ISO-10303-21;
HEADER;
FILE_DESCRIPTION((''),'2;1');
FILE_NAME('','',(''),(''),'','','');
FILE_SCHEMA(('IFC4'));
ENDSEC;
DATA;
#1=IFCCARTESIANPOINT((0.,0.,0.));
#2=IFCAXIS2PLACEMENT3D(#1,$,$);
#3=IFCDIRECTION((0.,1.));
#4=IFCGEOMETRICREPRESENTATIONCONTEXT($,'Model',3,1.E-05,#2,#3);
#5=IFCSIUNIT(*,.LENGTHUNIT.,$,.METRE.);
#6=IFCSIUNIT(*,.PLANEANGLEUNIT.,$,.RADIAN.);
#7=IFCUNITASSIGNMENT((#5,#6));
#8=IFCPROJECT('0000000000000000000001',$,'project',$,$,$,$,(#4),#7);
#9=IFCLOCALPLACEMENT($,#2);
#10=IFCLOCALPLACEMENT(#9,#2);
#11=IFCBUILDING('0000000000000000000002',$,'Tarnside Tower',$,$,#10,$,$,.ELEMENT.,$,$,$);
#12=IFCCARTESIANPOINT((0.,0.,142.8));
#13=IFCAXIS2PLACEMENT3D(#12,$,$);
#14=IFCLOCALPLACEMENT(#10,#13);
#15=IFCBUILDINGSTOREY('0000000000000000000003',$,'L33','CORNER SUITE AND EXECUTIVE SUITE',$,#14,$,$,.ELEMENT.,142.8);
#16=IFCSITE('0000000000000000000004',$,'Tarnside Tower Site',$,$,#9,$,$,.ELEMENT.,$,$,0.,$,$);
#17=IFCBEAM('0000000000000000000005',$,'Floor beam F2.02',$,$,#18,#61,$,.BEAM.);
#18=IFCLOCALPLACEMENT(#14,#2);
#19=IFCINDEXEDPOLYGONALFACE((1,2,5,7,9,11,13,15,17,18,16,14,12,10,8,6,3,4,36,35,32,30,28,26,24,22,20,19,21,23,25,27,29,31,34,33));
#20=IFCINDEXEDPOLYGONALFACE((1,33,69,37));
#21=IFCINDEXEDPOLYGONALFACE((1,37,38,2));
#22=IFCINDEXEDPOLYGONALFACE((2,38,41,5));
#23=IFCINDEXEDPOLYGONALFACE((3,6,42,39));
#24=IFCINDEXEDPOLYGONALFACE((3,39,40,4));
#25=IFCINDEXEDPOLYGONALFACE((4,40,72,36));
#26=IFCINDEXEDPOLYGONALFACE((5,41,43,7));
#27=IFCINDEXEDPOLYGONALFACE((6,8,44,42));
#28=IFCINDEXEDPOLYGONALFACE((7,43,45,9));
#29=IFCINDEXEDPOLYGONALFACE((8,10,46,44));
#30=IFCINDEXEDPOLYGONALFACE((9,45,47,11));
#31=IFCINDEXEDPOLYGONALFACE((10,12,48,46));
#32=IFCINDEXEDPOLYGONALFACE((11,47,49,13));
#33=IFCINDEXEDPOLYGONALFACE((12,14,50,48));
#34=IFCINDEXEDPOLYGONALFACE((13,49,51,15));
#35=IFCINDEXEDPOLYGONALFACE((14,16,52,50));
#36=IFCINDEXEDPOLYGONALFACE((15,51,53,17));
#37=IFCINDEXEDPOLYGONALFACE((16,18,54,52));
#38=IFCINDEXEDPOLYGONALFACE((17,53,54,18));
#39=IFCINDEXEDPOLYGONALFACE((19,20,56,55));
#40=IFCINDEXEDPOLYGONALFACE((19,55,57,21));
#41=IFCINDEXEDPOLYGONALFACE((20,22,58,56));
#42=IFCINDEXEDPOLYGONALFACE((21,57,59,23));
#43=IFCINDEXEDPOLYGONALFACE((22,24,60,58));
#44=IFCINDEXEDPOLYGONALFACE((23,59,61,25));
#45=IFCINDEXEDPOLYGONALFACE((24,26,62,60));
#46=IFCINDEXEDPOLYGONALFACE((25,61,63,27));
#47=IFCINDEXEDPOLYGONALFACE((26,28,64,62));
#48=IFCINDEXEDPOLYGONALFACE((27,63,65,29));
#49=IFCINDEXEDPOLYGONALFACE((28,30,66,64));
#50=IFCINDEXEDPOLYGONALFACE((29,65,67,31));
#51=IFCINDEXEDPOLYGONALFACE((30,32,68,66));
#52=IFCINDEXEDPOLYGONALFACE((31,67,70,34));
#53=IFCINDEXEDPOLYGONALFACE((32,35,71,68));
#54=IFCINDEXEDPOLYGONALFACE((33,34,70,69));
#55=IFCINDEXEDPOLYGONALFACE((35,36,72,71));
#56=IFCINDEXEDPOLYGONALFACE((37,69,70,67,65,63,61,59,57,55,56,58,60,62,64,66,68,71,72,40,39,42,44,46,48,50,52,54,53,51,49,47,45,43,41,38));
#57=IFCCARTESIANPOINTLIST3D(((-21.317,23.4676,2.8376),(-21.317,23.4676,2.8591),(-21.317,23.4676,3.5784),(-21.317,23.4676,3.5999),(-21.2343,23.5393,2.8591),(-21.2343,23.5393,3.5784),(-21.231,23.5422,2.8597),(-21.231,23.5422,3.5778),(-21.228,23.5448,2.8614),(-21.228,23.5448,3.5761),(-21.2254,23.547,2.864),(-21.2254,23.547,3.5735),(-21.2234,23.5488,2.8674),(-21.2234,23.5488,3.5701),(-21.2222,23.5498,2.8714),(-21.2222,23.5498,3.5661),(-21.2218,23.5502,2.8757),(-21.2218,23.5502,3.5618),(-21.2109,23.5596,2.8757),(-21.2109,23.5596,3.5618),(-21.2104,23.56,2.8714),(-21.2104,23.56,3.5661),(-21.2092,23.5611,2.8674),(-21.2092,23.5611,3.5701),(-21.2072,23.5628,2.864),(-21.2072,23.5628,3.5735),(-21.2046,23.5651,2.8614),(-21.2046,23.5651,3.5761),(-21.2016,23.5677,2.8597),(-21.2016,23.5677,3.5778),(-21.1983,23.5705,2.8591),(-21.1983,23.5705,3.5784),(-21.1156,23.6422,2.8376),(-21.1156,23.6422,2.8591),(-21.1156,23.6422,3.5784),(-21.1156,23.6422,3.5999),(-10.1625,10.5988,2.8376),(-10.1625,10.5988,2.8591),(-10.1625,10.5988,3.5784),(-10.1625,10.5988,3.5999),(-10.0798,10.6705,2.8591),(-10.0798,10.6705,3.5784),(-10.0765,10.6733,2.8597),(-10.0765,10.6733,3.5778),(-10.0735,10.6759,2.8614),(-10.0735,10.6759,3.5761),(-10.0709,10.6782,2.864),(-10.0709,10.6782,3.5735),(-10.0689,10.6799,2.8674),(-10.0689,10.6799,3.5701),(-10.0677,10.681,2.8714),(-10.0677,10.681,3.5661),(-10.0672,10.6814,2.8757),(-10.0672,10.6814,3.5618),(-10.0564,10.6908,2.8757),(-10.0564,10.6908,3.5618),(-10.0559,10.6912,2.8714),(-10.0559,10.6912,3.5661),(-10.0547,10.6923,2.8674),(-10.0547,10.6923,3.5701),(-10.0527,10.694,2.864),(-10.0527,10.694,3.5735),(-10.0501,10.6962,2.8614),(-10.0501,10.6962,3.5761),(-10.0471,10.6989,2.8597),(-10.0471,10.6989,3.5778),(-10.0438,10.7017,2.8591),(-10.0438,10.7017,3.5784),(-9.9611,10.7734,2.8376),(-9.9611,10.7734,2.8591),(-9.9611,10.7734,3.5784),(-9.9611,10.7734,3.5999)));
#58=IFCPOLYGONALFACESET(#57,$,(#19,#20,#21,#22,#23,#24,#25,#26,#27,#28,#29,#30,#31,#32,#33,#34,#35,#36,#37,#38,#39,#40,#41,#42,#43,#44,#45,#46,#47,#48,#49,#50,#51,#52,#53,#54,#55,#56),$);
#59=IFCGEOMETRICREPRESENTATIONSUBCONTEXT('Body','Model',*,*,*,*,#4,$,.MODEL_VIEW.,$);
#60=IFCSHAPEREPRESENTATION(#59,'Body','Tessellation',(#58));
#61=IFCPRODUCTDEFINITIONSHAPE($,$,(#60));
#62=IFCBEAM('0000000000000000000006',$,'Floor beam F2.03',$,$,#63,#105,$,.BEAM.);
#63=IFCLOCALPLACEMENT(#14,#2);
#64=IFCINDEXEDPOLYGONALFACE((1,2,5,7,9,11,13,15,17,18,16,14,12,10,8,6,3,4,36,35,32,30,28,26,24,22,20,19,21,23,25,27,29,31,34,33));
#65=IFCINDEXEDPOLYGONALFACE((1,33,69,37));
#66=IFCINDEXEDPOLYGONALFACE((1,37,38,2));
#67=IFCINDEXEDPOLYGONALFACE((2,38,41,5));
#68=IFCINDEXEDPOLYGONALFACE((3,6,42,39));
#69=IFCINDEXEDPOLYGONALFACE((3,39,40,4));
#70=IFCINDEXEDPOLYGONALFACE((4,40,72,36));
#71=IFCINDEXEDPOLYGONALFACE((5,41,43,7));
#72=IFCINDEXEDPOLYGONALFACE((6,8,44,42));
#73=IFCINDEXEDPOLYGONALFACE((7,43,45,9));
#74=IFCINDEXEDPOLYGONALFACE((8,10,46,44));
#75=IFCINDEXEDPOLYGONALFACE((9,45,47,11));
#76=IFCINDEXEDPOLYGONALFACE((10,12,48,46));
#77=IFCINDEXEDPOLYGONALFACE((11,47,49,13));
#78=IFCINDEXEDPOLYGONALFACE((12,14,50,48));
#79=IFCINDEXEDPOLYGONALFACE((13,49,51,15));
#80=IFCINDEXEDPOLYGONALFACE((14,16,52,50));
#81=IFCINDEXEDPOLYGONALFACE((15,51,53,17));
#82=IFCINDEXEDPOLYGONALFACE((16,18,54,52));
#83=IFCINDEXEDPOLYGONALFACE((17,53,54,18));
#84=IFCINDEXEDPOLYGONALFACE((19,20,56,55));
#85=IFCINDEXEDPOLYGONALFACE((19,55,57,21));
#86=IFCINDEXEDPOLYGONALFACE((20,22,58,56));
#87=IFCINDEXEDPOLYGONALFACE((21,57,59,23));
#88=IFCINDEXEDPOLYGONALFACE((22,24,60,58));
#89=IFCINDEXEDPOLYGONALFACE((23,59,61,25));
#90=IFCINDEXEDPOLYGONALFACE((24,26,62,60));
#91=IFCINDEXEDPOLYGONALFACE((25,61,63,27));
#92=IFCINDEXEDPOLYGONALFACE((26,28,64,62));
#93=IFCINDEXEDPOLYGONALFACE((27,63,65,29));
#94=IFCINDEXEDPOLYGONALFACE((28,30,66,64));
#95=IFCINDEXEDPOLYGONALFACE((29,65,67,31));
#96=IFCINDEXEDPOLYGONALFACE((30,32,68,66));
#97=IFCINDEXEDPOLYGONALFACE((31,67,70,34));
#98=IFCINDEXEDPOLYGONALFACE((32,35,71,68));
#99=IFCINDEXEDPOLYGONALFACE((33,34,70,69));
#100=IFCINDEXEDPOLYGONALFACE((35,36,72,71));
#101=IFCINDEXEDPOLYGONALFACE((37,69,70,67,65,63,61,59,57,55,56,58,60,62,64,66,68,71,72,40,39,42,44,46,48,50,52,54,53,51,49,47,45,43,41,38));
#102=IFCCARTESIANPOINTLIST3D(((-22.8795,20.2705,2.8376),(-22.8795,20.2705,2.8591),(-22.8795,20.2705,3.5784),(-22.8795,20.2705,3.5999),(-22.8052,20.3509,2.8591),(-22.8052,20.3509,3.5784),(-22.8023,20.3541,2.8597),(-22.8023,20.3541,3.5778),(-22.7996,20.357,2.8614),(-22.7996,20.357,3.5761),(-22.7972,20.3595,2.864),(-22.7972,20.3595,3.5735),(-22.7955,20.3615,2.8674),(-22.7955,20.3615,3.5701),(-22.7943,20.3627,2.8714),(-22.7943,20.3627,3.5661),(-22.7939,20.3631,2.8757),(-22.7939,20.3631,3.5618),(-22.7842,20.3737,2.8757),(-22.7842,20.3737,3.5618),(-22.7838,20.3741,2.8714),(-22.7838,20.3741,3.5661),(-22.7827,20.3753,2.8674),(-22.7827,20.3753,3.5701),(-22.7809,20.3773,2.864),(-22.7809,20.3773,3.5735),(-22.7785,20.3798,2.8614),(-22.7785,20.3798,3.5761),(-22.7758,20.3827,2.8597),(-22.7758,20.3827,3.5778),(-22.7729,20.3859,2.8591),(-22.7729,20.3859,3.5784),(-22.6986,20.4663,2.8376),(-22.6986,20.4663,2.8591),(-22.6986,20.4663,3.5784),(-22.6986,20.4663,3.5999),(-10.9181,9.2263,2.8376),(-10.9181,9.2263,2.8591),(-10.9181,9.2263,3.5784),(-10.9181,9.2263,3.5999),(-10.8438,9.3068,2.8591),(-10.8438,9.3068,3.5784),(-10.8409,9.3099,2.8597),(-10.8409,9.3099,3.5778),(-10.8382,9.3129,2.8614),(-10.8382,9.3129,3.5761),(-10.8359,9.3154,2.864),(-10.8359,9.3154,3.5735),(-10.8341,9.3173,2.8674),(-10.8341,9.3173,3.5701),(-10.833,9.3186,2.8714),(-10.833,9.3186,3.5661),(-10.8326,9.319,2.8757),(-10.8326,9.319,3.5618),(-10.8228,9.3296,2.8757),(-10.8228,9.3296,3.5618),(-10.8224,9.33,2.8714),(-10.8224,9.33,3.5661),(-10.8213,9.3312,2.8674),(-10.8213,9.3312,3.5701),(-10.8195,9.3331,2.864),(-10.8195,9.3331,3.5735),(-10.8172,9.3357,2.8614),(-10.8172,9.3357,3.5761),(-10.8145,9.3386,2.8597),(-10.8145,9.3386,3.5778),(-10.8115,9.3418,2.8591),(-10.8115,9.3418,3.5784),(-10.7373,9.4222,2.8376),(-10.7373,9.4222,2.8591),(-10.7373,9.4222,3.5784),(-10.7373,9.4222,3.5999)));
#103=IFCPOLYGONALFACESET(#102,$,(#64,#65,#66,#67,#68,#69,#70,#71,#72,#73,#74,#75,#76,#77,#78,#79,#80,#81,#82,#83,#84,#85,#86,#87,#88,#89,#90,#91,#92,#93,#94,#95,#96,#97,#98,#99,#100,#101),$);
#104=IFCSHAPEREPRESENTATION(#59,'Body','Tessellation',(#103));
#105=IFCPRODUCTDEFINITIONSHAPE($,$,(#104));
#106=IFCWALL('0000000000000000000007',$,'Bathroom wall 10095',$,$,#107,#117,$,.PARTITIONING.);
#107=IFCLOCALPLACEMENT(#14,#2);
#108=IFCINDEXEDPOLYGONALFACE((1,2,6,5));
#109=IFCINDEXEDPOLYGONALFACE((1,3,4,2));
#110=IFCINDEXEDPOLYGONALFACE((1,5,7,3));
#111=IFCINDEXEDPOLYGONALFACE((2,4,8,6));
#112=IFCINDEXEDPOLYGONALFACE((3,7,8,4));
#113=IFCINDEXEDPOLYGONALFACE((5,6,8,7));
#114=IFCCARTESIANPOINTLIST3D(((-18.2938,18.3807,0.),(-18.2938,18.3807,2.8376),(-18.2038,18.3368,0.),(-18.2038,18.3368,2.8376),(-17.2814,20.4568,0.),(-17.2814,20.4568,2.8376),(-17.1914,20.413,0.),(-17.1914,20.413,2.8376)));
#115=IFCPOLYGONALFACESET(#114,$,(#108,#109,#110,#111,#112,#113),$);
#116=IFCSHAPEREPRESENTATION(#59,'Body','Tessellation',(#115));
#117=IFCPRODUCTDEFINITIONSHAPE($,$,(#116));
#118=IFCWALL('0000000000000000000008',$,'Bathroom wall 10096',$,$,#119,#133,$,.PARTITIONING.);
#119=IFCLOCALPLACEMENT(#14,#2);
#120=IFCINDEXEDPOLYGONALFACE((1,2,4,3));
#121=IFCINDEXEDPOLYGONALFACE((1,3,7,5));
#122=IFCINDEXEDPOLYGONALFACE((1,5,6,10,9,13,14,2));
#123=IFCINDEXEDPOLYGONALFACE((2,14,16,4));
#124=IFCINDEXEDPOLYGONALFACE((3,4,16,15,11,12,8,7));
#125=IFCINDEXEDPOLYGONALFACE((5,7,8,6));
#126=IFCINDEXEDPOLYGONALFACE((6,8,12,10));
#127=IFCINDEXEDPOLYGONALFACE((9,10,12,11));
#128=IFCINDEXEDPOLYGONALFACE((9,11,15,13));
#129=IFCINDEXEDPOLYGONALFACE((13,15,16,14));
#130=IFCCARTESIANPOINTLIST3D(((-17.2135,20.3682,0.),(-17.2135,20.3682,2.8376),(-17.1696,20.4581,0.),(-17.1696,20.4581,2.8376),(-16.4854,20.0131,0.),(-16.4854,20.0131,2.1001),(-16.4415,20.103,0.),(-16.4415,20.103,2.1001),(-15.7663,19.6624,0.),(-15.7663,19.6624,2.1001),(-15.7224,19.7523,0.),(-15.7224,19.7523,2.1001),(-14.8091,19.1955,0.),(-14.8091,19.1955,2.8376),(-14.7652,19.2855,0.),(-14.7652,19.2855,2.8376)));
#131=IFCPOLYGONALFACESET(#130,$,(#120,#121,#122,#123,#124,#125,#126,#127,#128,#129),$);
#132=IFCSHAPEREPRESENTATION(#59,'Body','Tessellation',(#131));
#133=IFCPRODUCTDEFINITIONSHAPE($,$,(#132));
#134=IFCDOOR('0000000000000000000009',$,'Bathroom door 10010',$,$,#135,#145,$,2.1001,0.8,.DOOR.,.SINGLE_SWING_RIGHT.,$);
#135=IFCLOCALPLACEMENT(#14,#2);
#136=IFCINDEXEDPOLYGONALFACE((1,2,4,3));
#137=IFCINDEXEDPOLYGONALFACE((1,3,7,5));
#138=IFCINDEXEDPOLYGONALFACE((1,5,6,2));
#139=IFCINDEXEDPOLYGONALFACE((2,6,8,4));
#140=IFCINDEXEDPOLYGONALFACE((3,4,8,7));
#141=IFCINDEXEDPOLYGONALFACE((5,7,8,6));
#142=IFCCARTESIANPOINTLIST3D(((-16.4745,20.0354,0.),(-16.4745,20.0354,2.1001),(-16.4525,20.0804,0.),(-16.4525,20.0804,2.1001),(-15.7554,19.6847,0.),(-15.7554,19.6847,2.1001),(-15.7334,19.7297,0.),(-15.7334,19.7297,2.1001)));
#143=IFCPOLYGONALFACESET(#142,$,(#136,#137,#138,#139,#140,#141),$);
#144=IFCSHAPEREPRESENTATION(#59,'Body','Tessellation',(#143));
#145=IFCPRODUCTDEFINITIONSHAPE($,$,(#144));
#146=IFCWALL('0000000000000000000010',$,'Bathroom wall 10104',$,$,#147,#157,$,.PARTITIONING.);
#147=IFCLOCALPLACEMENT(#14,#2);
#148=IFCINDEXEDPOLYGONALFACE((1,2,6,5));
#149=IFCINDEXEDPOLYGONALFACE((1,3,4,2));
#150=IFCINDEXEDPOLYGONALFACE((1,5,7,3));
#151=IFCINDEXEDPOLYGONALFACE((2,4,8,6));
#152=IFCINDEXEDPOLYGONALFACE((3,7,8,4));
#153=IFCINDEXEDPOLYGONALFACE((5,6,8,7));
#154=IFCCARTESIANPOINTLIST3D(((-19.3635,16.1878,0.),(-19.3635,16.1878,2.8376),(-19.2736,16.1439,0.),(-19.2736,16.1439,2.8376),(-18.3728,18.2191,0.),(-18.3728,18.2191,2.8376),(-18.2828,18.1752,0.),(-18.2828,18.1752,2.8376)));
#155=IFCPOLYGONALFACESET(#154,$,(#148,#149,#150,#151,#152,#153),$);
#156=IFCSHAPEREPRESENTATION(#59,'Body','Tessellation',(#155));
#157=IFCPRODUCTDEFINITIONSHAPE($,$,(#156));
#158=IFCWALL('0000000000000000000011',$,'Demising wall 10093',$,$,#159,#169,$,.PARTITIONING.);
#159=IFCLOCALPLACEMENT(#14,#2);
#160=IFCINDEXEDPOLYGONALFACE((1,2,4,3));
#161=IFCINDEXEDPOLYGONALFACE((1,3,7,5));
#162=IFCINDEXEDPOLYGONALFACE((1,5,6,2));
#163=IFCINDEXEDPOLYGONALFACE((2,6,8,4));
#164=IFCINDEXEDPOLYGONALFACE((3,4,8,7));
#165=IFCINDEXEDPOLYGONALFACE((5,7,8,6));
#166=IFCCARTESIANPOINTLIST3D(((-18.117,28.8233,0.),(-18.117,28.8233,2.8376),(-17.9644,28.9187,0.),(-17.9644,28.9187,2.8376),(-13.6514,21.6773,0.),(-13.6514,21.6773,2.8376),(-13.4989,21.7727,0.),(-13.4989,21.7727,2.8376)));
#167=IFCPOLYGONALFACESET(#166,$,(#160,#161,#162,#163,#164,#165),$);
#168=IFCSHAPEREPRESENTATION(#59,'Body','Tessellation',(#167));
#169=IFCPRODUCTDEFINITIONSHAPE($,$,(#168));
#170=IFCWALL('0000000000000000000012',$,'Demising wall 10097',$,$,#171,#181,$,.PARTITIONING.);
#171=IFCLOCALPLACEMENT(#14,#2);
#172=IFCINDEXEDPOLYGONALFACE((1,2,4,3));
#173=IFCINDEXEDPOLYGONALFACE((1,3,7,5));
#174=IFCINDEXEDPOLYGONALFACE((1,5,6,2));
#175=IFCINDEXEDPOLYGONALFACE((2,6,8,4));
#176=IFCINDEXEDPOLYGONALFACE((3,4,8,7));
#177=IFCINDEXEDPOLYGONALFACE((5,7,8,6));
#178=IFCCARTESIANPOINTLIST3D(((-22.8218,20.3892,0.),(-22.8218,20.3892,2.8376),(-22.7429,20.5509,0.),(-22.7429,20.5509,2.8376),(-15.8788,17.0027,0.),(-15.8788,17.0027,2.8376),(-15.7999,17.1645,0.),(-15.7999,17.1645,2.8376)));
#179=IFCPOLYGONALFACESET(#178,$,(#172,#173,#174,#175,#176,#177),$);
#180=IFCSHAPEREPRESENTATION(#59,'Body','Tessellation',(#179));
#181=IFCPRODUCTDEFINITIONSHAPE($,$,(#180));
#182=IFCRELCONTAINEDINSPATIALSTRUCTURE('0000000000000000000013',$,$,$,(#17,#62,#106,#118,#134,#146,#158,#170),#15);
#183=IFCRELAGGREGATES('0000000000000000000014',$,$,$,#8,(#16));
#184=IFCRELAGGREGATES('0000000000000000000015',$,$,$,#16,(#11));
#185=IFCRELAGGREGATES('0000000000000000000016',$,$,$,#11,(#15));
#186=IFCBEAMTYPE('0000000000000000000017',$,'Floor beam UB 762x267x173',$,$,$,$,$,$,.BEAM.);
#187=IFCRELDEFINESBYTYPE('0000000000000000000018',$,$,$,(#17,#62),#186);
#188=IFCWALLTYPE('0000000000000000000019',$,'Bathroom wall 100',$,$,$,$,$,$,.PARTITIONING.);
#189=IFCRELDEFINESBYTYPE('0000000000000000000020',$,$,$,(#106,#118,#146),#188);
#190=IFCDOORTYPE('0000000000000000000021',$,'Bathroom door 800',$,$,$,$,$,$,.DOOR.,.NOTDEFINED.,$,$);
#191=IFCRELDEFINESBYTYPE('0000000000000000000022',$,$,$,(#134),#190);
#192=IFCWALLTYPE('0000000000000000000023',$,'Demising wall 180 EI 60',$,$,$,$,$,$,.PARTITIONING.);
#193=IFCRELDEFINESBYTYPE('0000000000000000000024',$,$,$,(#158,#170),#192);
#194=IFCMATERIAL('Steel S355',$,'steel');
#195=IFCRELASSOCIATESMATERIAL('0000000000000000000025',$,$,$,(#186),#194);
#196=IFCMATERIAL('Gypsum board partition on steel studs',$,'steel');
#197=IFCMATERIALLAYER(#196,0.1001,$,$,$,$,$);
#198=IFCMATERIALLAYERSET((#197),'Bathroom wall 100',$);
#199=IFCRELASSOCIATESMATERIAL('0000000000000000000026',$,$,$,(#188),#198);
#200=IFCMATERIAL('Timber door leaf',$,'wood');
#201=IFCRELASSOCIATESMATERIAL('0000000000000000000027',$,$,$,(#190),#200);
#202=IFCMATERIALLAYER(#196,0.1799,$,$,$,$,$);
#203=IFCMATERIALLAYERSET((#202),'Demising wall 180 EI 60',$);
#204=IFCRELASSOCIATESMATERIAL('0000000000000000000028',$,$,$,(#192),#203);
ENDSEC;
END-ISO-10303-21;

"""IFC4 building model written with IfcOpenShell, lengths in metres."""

from ifc_helpers import new_model, si_unit, direction, frame, frame_2d, origin, origin_2d, place, context, subcontext, project, spatial, rectangle, i_section, extrude, material, layer, layer_set, material_profile, profile_set, type_object, element, fill, save


model = new_model("IFC4")

# Units and contexts
model_context = context("Model", 3, precision=1e-05, world=origin(), true_north=direction((0.0, 1.0)))
body_context = subcontext(model_context, "Body", "Model", "MODEL_VIEW")
ifc_project = project(units=[si_unit("LENGTHUNIT", "METRE"), si_unit("PLANEANGLEUNIT", "RADIAN")], contexts=[model_context])

# Site, building, storey
site_placement = place(None, origin())
site = spatial("IfcSite", under=ifc_project, at=site_placement, Name="Tarnside Tower Site", CompositionType="ELEMENT", RefElevation=0.0)
building_placement = place(site_placement, origin())
building = spatial("IfcBuilding", under=site, at=building_placement, Name="Tarnside Tower", CompositionType="ELEMENT")
storey_placement = place(building_placement, frame((0.0, 0.0, 142.8)))
storey = spatial("IfcBuildingStorey", under=building, at=storey_placement, Name="L33", Description="CORNER SUITE AND EXECUTIVE SUITE", CompositionType="ELEMENT", Elevation=142.8)

# Beams
ifc_material_1 = material(Name="Steel S355", Category="steel")
ifc_material_profile_1 = material_profile(ifc_material_1, i_section(OverallWidth=0.2666, OverallDepth=0.7622, WebThickness=0.0144, FlangeThickness=0.0215, FilletRadius=0.0166, at=origin_2d()), Name="UB 762x267x173")
ifc_profile_set_1 = profile_set([ifc_material_profile_1], Name="Steel S355")
beam_type_1 = type_object("IfcBeamType", Name="Floor beam UB 762x267x173", PredefinedType="BEAM", material=ifc_profile_set_1)
beam_1_placement = place(storey_placement, frame((-21.2163, 23.5549, 3.2188), z_axis=(0.654981, -0.755646, 0.0), x_axis=(0.755646, 0.654981, 0.0)))
element("IfcBeam", 1, at=beam_1_placement, inside=storey, type_object=beam_type_1, Name="Floor beam F2.02", PredefinedType="BEAM", context=body_context, shape_type="SweptSolid", body=[
    extrude(i_section(OverallWidth=0.2666, OverallDepth=0.7622, WebThickness=0.0144, FlangeThickness=0.0215, FilletRadius=0.0166, at=origin_2d()), origin(), (0.0, 0.0, 1.0), 17.0303),
])
beam_2_placement = place(storey_placement, frame((-22.7891, 20.3684, 3.2188), z_axis=(0.734715, -0.678375, 0.0), x_axis=(0.678375, 0.734715, 0.0)))
element("IfcBeam", 2, at=beam_2_placement, inside=storey, type_object=beam_type_1, Name="Floor beam F2.03", PredefinedType="BEAM", context=body_context, shape_type="SweptSolid", body=[
    extrude(i_section(OverallWidth=0.2666, OverallDepth=0.7622, WebThickness=0.0144, FlangeThickness=0.0215, FilletRadius=0.0166, at=origin_2d()), origin(), (0.0, 0.0, 1.0), 16.2803),
])

# Wall
ifc_material_2 = material(Name="Gypsum board partition on steel studs", Category="steel")
ifc_layer_1 = layer(ifc_material_2, 0.1001)
ifc_layer_set_1 = layer_set([ifc_layer_1], Name="Bathroom wall 100")
wall_type_1 = type_object("IfcWallType", Name="Bathroom wall 100", PredefinedType="PARTITIONING", material=ifc_layer_set_1)
wall_1_placement = place(storey_placement, frame((-18.2488, 18.3589, 0.0), z_axis=(0.0, 0.0, 1.0), x_axis=(0.438313, 0.898822, 0.0)))
element("IfcWall", 3, at=wall_1_placement, inside=storey, type_object=wall_type_1, Name="Bathroom wall 10095", PredefinedType="PARTITIONING", context=body_context, shape_type="SweptSolid", body=[
    extrude(rectangle(XDim=2.3098, YDim=0.1001, at=frame_2d((1.1548, 0.0))), origin(), (0.0, 0.0, 1.0), 2.8376),
])

# Wall, opening, door
wall_2_placement = place(storey_placement, frame((-17.1914, 20.4131, 0.0), z_axis=(0.0, 0.0, 1.0), x_axis=(0.898801, -0.438357, 0.0)))
wall_2 = element("IfcWall", 4, at=wall_2_placement, inside=storey, type_object=wall_type_1, Name="Bathroom wall 10096", PredefinedType="PARTITIONING", context=body_context, shape_type="SweptSolid", body=[
    extrude(rectangle(XDim=2.675, YDim=0.1001, at=frame_2d((1.3374, 0.0))), origin(), (0.0, 0.0, 1.0), 2.8376),
])
opening_1_placement = place(wall_2_placement, frame((0.8101, 0.0, 0.0)))
opening_1 = element("IfcOpeningElement", 5, at=opening_1_placement, cuts=wall_2, PredefinedType="OPENING", context=body_context, shape_type="SweptSolid", body=[
    extrude(rectangle(XDim=0.8, YDim=2.1001, at=frame_2d((0.3999, 1.05))), frame((0.0, 0.0601, 0.0), z_axis=(0.0, -1.0, 0.0), x_axis=(1.0, 0.0, 0.0)), (0.0, 0.0, 1.0), 0.1201),
])
ifc_material_3 = material(Name="Timber door leaf", Category="wood")
door_type_1 = type_object("IfcDoorType", Name="Bathroom door 800", OperationType="NOTDEFINED", PredefinedType="DOOR", material=ifc_material_3)
door_1_placement = place(opening_1_placement, origin())
door_1 = element("IfcDoor", 6, at=door_1_placement, inside=storey, type_object=door_type_1, Name="Bathroom door 10010", OperationType="SINGLE_SWING_RIGHT", OverallHeight=2.1001, OverallWidth=0.8, PredefinedType="DOOR", context=body_context, shape_type="SweptSolid", body=[
    extrude(rectangle(XDim=0.8, YDim=2.1001, at=frame_2d((0.3999, 1.05))), frame((0.0, 0.0249, 0.0), z_axis=(0.0, -1.0, 0.0), x_axis=(1.0, 0.0, 0.0)), (0.0, 0.0, 1.0), 0.05),
])
fill(opening_1, door_1)

# Walls
wall_3_placement = place(storey_placement, frame((-18.3279, 18.197, 0.0), z_axis=(0.0, 0.0, 1.0), x_axis=(-0.438377, -0.898791, 0.0)))
element("IfcWall", 7, at=wall_3_placement, inside=storey, type_object=wall_type_1, Name="Bathroom wall 10104", PredefinedType="PARTITIONING", context=body_context, shape_type="SweptSolid", body=[
    extrude(rectangle(XDim=2.26, YDim=0.1001, at=frame_2d((1.1299, 0.0))), origin(), (0.0, 0.0, 1.0), 2.8376),
])
ifc_layer_2 = layer(ifc_material_2, 0.1799)
ifc_layer_set_2 = layer_set([ifc_layer_2], Name="Demising wall 180 EI 60")
wall_type_2 = type_object("IfcWallType", Name="Demising wall 180 EI 60", PredefinedType="PARTITIONING", material=ifc_layer_set_2)
wall_4_placement = place(storey_placement, frame((-18.0408, 28.8711, 0.0), z_axis=(0.0, 0.0, 1.0), x_axis=(0.529942, -0.848034, 0.0)))
element("IfcWall", 8, at=wall_4_placement, inside=storey, type_object=wall_type_2, Name="Demising wall 10093", PredefinedType="PARTITIONING", context=body_context, shape_type="SweptSolid", body=[
    extrude(rectangle(XDim=8.4265, YDim=0.1799, at=frame_2d((4.2134, 0.0))), origin(), (0.0, 0.0, 1.0), 2.8376),
])
wall_5_placement = place(storey_placement, frame((-22.7822, 20.47, 0.0), z_axis=(0.0, 0.0, 1.0), x_axis=(0.898789, -0.438381, 0.0)))
element("IfcWall", 9, at=wall_5_placement, inside=storey, type_object=wall_type_2, Name="Demising wall 10097", PredefinedType="PARTITIONING", context=body_context, shape_type="SweptSolid", body=[
    extrude(rectangle(XDim=7.7249, YDim=0.1799, at=frame_2d((3.8623, 0.0))), origin(), (0.0, 0.0, 1.0), 2.8376),
])

save(model, "model.ifc")
